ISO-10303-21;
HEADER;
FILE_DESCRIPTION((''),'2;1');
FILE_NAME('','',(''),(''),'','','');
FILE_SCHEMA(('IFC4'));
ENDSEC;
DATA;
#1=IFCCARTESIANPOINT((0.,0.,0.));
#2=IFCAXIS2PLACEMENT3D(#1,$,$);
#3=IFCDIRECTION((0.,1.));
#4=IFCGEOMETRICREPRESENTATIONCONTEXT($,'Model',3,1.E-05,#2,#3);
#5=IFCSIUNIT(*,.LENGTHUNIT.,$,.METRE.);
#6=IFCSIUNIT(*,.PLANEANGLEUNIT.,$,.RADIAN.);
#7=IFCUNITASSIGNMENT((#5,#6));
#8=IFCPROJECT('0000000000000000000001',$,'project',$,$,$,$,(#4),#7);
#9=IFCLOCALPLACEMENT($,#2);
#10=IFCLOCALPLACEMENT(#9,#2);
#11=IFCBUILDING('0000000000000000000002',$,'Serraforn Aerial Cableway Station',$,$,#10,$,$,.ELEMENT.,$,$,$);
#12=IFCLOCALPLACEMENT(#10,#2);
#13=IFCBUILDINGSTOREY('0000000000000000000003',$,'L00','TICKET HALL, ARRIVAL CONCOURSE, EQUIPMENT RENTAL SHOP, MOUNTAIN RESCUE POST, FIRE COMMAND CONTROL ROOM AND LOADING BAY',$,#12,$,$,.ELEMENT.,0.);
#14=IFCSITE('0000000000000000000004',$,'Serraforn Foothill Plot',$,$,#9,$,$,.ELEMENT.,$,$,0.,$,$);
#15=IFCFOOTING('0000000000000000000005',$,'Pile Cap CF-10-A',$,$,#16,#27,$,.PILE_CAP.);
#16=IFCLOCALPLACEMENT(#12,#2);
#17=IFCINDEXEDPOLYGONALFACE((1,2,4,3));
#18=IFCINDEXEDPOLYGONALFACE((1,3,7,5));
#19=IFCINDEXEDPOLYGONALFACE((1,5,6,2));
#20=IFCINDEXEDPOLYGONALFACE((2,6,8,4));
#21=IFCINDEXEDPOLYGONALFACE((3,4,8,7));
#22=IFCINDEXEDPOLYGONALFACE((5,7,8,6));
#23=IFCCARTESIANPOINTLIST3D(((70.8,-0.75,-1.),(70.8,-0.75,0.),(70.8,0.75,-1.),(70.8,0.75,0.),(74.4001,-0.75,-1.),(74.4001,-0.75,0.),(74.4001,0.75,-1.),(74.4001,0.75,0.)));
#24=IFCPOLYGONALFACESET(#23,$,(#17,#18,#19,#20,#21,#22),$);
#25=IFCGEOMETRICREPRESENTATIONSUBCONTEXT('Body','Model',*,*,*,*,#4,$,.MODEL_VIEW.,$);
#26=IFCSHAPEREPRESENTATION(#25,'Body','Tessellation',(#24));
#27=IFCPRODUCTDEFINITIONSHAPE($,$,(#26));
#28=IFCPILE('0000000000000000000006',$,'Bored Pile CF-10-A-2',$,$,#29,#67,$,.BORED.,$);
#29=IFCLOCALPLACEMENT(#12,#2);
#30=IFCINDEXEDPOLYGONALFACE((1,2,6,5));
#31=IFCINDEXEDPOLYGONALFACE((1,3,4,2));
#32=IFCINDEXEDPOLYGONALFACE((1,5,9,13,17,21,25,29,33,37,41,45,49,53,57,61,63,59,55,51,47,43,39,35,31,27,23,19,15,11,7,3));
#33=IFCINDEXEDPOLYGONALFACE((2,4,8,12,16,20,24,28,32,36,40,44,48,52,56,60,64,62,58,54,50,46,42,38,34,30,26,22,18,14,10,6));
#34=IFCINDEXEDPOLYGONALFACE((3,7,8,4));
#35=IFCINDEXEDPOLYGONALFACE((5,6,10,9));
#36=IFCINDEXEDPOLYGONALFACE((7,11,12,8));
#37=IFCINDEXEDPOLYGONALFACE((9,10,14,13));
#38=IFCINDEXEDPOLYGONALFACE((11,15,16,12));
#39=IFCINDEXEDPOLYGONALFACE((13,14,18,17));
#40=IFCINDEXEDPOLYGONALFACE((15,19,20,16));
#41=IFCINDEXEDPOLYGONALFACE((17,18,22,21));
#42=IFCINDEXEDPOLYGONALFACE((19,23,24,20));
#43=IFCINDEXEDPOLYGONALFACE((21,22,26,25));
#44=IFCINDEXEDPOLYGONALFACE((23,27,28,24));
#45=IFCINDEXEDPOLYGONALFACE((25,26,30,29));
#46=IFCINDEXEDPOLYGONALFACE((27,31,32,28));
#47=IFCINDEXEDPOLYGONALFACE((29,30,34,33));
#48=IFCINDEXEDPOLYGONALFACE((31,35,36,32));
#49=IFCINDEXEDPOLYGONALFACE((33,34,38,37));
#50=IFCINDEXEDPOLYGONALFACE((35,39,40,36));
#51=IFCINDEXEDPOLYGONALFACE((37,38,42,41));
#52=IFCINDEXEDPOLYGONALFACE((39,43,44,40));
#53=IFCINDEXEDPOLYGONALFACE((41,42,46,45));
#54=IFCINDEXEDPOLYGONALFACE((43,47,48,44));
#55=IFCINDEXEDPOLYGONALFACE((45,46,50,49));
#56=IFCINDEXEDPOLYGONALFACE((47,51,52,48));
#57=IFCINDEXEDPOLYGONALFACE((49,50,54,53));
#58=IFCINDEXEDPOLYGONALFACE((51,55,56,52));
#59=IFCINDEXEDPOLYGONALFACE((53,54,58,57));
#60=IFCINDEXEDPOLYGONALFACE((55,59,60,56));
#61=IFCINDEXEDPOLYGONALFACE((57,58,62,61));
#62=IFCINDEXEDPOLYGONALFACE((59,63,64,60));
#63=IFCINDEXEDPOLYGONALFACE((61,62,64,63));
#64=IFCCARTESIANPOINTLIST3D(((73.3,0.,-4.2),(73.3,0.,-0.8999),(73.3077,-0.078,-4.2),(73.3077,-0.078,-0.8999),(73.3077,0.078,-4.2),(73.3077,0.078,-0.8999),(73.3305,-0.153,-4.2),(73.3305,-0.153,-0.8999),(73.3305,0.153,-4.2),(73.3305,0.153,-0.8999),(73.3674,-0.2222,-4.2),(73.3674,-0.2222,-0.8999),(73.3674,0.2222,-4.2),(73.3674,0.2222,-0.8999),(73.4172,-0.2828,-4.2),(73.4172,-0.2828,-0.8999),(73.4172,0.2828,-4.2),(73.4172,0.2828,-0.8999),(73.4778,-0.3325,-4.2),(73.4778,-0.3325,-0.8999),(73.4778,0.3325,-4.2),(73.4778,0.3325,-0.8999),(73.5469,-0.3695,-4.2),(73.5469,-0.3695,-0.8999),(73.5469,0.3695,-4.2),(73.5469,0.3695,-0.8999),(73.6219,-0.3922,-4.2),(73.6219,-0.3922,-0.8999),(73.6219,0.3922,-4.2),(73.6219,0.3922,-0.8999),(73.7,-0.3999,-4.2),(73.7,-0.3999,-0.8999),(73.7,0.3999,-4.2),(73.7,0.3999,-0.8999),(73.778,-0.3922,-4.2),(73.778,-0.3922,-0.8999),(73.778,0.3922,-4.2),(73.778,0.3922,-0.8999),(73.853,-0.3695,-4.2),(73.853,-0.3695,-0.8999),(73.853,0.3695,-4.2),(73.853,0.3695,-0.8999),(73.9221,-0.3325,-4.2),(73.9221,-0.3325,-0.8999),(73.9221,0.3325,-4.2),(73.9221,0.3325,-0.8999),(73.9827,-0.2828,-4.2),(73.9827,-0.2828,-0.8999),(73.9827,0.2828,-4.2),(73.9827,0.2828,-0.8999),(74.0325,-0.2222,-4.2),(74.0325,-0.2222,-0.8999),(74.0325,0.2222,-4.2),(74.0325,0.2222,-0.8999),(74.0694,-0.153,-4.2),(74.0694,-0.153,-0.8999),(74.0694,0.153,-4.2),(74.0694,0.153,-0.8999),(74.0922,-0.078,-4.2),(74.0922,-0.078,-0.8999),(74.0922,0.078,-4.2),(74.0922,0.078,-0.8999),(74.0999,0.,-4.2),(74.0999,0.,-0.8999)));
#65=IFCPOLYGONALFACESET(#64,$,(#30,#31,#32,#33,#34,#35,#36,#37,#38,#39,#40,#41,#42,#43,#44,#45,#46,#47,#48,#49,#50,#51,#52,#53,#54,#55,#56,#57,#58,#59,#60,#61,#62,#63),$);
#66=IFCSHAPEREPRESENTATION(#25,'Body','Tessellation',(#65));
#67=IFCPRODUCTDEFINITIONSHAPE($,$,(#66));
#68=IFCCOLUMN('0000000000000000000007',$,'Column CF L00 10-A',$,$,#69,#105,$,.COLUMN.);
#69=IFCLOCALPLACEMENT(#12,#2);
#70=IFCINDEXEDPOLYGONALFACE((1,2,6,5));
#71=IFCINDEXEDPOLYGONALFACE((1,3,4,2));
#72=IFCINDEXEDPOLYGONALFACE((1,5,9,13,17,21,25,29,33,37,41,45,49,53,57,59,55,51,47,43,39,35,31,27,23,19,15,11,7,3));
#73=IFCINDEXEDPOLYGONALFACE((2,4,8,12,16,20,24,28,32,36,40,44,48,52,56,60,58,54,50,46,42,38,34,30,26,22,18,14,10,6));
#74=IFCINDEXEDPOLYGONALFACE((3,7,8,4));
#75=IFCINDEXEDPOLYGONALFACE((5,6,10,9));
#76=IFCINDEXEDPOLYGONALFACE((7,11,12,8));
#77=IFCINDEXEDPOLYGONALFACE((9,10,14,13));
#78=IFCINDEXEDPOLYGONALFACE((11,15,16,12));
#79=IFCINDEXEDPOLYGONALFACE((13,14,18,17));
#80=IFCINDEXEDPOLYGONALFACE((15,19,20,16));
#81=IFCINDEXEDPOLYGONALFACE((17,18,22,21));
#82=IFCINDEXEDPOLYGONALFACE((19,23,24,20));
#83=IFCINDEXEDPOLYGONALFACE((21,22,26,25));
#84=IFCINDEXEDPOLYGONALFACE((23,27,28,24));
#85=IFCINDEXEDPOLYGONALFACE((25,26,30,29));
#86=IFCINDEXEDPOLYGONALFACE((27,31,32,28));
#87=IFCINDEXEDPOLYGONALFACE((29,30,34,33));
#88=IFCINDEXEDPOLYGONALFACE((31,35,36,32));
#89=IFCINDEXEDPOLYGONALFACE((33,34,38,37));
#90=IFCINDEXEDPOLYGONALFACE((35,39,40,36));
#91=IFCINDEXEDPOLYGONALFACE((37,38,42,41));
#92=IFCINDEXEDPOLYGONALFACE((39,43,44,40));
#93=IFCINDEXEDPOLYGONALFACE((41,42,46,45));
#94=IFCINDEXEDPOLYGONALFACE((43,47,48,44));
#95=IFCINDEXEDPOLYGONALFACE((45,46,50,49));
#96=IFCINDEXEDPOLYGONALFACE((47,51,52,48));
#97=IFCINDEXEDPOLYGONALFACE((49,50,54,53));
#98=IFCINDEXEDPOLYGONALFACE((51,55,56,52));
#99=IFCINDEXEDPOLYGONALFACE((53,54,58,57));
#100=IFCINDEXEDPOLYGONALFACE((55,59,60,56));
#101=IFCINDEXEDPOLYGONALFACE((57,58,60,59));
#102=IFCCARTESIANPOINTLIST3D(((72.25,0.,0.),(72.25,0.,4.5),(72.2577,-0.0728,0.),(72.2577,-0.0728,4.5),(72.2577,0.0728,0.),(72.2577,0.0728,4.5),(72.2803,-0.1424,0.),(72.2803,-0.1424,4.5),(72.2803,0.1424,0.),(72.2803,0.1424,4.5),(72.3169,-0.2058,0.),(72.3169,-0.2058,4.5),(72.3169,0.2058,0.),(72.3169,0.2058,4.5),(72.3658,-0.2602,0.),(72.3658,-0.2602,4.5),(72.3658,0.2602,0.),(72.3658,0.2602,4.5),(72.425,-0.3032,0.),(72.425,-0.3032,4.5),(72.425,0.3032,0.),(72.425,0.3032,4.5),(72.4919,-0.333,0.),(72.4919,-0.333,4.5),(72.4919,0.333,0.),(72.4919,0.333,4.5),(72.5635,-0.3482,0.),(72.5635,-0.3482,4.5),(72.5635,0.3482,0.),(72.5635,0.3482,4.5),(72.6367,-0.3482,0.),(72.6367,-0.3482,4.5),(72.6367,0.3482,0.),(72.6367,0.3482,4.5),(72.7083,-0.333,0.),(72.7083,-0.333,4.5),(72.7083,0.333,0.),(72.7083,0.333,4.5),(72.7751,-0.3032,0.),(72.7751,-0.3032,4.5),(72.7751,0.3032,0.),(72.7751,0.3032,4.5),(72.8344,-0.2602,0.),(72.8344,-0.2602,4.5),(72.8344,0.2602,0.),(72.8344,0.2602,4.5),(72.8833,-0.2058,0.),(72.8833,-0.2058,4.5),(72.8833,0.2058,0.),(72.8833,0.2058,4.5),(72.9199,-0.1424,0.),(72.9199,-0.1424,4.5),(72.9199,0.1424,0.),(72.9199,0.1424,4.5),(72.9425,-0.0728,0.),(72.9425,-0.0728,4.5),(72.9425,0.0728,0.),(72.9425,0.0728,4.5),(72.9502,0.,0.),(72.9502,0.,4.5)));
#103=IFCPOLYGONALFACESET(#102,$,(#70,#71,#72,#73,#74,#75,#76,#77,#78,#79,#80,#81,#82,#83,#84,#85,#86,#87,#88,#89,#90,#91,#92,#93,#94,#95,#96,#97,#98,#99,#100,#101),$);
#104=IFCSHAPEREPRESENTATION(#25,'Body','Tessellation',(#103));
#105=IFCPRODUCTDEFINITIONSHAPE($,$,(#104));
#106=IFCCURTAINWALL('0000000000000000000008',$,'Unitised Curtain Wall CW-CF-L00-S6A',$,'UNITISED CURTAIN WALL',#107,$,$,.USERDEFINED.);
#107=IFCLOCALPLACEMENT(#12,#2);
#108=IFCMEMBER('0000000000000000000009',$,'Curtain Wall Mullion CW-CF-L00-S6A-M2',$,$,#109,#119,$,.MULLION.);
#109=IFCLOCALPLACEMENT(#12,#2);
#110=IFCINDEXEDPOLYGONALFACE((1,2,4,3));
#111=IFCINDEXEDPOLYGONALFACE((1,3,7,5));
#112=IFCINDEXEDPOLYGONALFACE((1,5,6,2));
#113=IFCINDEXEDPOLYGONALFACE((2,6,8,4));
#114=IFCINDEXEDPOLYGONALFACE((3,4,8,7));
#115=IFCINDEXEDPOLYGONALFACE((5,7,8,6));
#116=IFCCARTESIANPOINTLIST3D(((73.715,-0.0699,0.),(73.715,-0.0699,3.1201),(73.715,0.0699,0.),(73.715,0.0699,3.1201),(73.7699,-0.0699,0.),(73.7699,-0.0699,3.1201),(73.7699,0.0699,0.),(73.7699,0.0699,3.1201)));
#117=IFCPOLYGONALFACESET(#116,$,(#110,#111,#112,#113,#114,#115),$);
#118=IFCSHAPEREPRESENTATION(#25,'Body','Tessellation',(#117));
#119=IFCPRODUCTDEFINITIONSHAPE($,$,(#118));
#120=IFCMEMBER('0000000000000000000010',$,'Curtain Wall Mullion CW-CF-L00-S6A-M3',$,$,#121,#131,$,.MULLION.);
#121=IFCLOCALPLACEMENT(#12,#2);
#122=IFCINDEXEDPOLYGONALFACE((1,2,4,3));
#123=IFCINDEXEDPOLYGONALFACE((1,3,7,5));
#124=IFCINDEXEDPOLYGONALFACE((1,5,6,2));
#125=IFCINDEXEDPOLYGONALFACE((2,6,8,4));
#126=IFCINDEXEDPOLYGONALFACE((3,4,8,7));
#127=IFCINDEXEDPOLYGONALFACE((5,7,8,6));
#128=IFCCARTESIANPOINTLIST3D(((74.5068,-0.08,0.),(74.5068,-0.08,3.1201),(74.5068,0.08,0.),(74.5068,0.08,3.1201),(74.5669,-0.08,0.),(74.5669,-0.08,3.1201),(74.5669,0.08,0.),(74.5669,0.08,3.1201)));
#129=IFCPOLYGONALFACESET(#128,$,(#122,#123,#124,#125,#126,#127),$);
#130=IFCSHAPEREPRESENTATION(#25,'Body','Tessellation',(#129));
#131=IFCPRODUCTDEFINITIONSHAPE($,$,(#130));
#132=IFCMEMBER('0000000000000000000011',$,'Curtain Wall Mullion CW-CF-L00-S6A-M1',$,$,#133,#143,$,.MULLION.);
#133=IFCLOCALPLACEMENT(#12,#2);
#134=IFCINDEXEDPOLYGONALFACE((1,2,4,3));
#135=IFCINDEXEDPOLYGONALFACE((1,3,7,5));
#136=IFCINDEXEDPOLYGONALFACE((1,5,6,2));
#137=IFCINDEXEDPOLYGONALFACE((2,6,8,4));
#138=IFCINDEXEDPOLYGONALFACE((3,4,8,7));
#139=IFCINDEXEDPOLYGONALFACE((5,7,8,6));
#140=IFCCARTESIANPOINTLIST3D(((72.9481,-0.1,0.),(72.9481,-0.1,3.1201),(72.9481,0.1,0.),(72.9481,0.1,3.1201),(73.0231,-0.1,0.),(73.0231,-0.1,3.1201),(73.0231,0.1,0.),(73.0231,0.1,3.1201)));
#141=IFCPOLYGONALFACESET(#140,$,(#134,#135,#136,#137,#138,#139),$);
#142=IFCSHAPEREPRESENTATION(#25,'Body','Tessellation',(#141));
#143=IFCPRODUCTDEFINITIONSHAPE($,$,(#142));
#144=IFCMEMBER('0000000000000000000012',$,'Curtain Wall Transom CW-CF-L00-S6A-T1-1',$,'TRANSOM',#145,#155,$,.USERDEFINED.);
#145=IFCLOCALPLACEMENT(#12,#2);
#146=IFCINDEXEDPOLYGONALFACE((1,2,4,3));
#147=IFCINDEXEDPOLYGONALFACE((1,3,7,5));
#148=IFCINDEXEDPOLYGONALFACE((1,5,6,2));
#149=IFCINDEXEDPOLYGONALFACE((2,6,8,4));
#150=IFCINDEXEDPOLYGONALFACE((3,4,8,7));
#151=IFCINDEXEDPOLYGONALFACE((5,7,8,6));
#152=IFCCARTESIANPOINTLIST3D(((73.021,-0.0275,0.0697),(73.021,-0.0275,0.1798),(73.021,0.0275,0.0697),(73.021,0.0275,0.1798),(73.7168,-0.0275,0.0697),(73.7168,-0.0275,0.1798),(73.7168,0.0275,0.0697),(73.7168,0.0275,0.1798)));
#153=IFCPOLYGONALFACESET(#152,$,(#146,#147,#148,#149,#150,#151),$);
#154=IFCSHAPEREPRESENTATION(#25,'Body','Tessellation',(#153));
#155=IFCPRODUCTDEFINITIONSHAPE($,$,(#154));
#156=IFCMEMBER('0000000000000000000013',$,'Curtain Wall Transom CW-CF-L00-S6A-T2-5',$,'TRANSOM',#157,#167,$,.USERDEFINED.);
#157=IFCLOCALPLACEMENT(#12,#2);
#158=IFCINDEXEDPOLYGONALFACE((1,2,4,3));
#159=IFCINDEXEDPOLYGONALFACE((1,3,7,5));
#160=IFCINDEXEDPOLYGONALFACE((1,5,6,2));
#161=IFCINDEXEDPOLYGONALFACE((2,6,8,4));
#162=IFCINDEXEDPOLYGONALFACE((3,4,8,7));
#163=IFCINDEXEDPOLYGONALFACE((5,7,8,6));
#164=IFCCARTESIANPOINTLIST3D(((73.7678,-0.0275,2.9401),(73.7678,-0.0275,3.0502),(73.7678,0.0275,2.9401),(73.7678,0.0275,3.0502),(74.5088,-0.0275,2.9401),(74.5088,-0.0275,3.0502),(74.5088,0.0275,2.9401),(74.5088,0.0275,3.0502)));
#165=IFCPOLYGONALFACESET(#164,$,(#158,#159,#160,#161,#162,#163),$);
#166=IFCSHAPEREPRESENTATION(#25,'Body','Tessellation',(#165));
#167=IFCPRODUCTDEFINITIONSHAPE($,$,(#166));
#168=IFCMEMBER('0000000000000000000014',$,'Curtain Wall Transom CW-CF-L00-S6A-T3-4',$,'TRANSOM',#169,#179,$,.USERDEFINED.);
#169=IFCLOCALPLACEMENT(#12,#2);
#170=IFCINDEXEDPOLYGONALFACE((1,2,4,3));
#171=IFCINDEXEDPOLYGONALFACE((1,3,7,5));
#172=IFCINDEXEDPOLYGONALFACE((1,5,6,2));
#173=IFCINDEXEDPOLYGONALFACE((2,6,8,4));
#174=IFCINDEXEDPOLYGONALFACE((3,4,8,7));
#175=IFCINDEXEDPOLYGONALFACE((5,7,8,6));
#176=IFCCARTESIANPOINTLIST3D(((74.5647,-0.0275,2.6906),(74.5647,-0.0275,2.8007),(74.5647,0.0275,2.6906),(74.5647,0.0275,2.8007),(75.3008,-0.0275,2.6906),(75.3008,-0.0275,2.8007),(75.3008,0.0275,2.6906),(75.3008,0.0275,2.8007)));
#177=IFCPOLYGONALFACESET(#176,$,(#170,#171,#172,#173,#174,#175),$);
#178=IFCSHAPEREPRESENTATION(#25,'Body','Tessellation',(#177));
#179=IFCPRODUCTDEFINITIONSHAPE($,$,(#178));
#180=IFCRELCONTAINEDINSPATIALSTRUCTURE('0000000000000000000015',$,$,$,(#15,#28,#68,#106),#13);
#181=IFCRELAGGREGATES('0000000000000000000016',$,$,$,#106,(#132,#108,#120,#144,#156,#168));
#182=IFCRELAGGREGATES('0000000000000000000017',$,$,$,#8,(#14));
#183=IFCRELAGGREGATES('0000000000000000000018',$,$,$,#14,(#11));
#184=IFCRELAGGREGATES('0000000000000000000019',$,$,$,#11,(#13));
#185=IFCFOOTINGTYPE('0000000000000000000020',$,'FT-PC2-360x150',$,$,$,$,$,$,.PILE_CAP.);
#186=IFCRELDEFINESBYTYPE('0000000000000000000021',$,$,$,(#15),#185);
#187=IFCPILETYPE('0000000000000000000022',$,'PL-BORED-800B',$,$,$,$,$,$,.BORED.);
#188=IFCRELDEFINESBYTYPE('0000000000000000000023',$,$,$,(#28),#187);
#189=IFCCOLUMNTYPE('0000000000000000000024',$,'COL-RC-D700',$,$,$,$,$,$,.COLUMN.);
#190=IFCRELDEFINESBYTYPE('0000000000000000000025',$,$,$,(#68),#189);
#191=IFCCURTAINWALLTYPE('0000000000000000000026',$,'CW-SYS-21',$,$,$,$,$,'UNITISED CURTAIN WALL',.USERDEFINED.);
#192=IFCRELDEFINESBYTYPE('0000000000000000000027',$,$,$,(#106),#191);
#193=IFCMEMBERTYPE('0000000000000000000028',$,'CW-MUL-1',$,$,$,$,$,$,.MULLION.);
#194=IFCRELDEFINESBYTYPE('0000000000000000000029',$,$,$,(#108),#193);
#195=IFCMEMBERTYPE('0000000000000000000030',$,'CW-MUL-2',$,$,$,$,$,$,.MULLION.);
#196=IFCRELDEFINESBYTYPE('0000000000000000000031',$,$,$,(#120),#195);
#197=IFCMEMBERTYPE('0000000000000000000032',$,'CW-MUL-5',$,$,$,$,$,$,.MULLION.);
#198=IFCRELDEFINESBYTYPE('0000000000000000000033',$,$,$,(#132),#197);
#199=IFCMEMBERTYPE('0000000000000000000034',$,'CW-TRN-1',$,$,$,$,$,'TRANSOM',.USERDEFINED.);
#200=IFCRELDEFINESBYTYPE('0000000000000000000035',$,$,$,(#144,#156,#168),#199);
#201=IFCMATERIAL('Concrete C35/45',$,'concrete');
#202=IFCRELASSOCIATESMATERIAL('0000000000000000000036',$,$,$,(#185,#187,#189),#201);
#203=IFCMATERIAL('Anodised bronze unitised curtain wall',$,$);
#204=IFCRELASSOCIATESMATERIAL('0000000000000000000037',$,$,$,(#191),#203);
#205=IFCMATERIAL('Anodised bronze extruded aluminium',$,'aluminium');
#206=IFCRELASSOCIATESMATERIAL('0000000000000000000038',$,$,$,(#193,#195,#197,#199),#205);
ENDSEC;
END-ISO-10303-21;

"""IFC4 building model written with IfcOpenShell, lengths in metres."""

from ifc_helpers import new_model, si_unit, direction, frame, origin, origin_2d, place, context, subcontext, project, spatial, rectangle, circle, extrude, material, material_profile, profile_set, type_object, element, aggregate, save


model = new_model("IFC4")

# Units and contexts
model_context = context("Model", 3, precision=1e-05, world=origin(), true_north=direction((0.0, 1.0)))
body_context = subcontext(model_context, "Body", "Model", "MODEL_VIEW")
ifc_project = project(units=[si_unit("LENGTHUNIT", "METRE"), si_unit("PLANEANGLEUNIT", "RADIAN")], contexts=[model_context])

# Site, building, storey
site_placement = place(None, origin())
site = spatial("IfcSite", under=ifc_project, at=site_placement, Name="Serraforn Foothill Plot", CompositionType="ELEMENT", RefElevation=0.0)
building_placement = place(site_placement, origin())
building = spatial("IfcBuilding", under=site, at=building_placement, Name="Serraforn Aerial Cableway Station", CompositionType="ELEMENT")
storey_placement = place(building_placement, origin())
storey = spatial("IfcBuildingStorey", under=building, at=storey_placement, Name="L00", Description="TICKET HALL, ARRIVAL CONCOURSE, EQUIPMENT RENTAL SHOP, MOUNTAIN RESCUE POST, FIRE COMMAND CONTROL ROOM AND LOADING BAY", CompositionType="ELEMENT", Elevation=0.0)

# Footing
ifc_material_1 = material(Name="Concrete C35/45", Category="concrete")
footing_type = type_object("IfcFootingType", Name="FT-PC2-360x150", PredefinedType="PILE_CAP", material=ifc_material_1)
footing_placement = place(storey_placement, frame((72.6001, 0.0, -1.0), z_axis=(0.0, 0.0, 1.0), x_axis=(1.0, 0.0, 0.0)))
element("IfcFooting", 1, at=footing_placement, inside=storey, type_object=footing_type, Name="Pile Cap CF-10-A", PredefinedType="PILE_CAP", context=body_context, shape_type="SweptSolid", body=[
    extrude(rectangle(XDim=3.6001, YDim=1.5, at=origin_2d()), origin(), (0.0, 0.0, 1.0), 1.0),
])

# Pile
ifc_material_profile_1 = material_profile(ifc_material_1, circle(Radius=0.3999, at=origin_2d()), Name="BORED PILE D800")
ifc_profile_set_1 = profile_set([ifc_material_profile_1], Name="Concrete C35/45")
pile_type = type_object("IfcPileType", Name="PL-BORED-800B", PredefinedType="BORED", material=ifc_profile_set_1)
pile_placement = place(storey_placement, frame((73.7, 0.0, -0.8999), z_axis=(0.0, 0.0, -1.0), x_axis=(1.0, 0.0, 0.0)))
element("IfcPile", 2, at=pile_placement, inside=storey, type_object=pile_type, Name="Bored Pile CF-10-A-2", PredefinedType="BORED", context=body_context, shape_type="SweptSolid", body=[
    extrude(circle(Radius=0.3999, at=origin_2d()), origin(), (0.0, 0.0, 1.0), 3.3),
])

# Column
ifc_material_profile_2 = material_profile(ifc_material_1, circle(Radius=0.3501, at=origin_2d()), Name="RC D700")
ifc_profile_set_2 = profile_set([ifc_material_profile_2], Name="Concrete C35/45")
column_type = type_object("IfcColumnType", Name="COL-RC-D700", PredefinedType="COLUMN", material=ifc_profile_set_2)
column_placement = place(storey_placement, frame((72.6001, 0.0, 0.0), z_axis=(0.0, 0.0, 1.0), x_axis=(1.0, 0.0, 0.0)))
element("IfcColumn", 3, at=column_placement, inside=storey, type_object=column_type, Name="Column CF L00 10-A", PredefinedType="COLUMN", context=body_context, shape_type="SweptSolid", body=[
    extrude(circle(Radius=0.3501, at=origin_2d()), origin(), (0.0, 0.0, 1.0), 4.5),
])

# Curtain wall, members
ifc_material_2 = material(Name="Anodised bronze unitised curtain wall")
curtain_wall_type = type_object("IfcCurtainWallType", Name="CW-SYS-21", ElementType="UNITISED CURTAIN WALL", PredefinedType="USERDEFINED", material=ifc_material_2)
curtain_wall_placement = place(storey_placement, origin())
curtain_wall = element("IfcCurtainWall", 4, at=curtain_wall_placement, inside=storey, type_object=curtain_wall_type, Name="Unitised Curtain Wall CW-CF-L00-S6A", ObjectType="UNITISED CURTAIN WALL", PredefinedType="USERDEFINED")
ifc_material_3 = material(Name="Anodised bronze extruded aluminium", Category="aluminium")
ifc_material_profile_3 = material_profile(ifc_material_3, rectangle(XDim=0.0549, YDim=0.1399, at=origin_2d()), Name="CW MULLION 55x140")
ifc_profile_set_3 = profile_set([ifc_material_profile_3], Name="Anodised bronze extruded aluminium")
member_type_1 = type_object("IfcMemberType", Name="CW-MUL-1", PredefinedType="MULLION", material=ifc_profile_set_3)
member_1_placement = place(storey_placement, frame((73.7424, 0.0, 0.0), z_axis=(0.0, 0.0, 1.0), x_axis=(1.0, 0.0, 0.0)))
member_1 = element("IfcMember", 5, at=member_1_placement, type_object=member_type_1, Name="Curtain Wall Mullion CW-CF-L00-S6A-M2", PredefinedType="MULLION", context=body_context, shape_type="SweptSolid", body=[
    extrude(rectangle(XDim=0.0549, YDim=0.1399, at=origin_2d()), origin(), (0.0, 0.0, 1.0), 3.1201),
])
ifc_material_profile_4 = material_profile(ifc_material_3, rectangle(XDim=0.0601, YDim=0.1599, at=origin_2d()), Name="CW MULLION 60x160")
ifc_profile_set_4 = profile_set([ifc_material_profile_4], Name="Anodised bronze extruded aluminium")
member_type_2 = type_object("IfcMemberType", Name="CW-MUL-2", PredefinedType="MULLION", material=ifc_profile_set_4)
member_2_placement = place(storey_placement, frame((74.5369, 0.0, 0.0), z_axis=(0.0, 0.0, 1.0), x_axis=(1.0, 0.0, 0.0)))
member_2 = element("IfcMember", 6, at=member_2_placement, type_object=member_type_2, Name="Curtain Wall Mullion CW-CF-L00-S6A-M3", PredefinedType="MULLION", context=body_context, shape_type="SweptSolid", body=[
    extrude(rectangle(XDim=0.0601, YDim=0.1599, at=origin_2d()), origin(), (0.0, 0.0, 1.0), 3.1201),
])
ifc_material_profile_5 = material_profile(ifc_material_3, rectangle(XDim=0.075, YDim=0.2, at=origin_2d()), Name="CW MULLION 75x200")
ifc_profile_set_5 = profile_set([ifc_material_profile_5], Name="Anodised bronze extruded aluminium")
member_type_3 = type_object("IfcMemberType", Name="CW-MUL-5", PredefinedType="MULLION", material=ifc_profile_set_5)
member_3_placement = place(storey_placement, frame((72.9856, 0.0, 0.0), z_axis=(0.0, 0.0, 1.0), x_axis=(1.0, 0.0, 0.0)))
member_3 = element("IfcMember", 7, at=member_3_placement, type_object=member_type_3, Name="Curtain Wall Mullion CW-CF-L00-S6A-M1", PredefinedType="MULLION", context=body_context, shape_type="SweptSolid", body=[
    extrude(rectangle(XDim=0.075, YDim=0.2, at=origin_2d()), origin(), (0.0, 0.0, 1.0), 3.1201),
])
ifc_material_profile_6 = material_profile(ifc_material_3, rectangle(XDim=0.0549, YDim=0.1101, at=origin_2d()), Name="CW TRANSOM 55x110")
ifc_profile_set_6 = profile_set([ifc_material_profile_6], Name="Anodised bronze extruded aluminium")
member_type_4 = type_object("IfcMemberType", Name="CW-TRN-1", ElementType="TRANSOM", PredefinedType="USERDEFINED", material=ifc_profile_set_6)
member_4_placement = place(storey_placement, frame((73.021, 0.0, 0.1248), z_axis=(1.0, 0.0, 0.0), x_axis=(0.0, 1.0, 0.0)))
member_4 = element("IfcMember", 8, at=member_4_placement, type_object=member_type_4, Name="Curtain Wall Transom CW-CF-L00-S6A-T1-1", ObjectType="TRANSOM", PredefinedType="USERDEFINED", context=body_context, shape_type="SweptSolid", body=[
    extrude(rectangle(XDim=0.0549, YDim=0.1101, at=origin_2d()), origin(), (0.0, 0.0, 1.0), 0.6958),
])
member_5_placement = place(storey_placement, frame((73.7678, 0.0, 2.9951), z_axis=(1.0, 0.0, 0.0), x_axis=(0.0, 1.0, 0.0)))
member_5 = element("IfcMember", 9, at=member_5_placement, type_object=member_type_4, Name="Curtain Wall Transom CW-CF-L00-S6A-T2-5", ObjectType="TRANSOM", PredefinedType="USERDEFINED", context=body_context, shape_type="SweptSolid", body=[
    extrude(rectangle(XDim=0.0549, YDim=0.1101, at=origin_2d()), origin(), (0.0, 0.0, 1.0), 0.741),
])
member_6_placement = place(storey_placement, frame((74.5647, 0.0, 2.7456), z_axis=(1.0, 0.0, 0.0), x_axis=(0.0, 1.0, 0.0)))
member_6 = element("IfcMember", 10, at=member_6_placement, type_object=member_type_4, Name="Curtain Wall Transom CW-CF-L00-S6A-T3-4", ObjectType="TRANSOM", PredefinedType="USERDEFINED", context=body_context, shape_type="SweptSolid", body=[
    extrude(rectangle(XDim=0.0549, YDim=0.1101, at=origin_2d()), origin(), (0.0, 0.0, 1.0), 0.7361),
])
aggregate(curtain_wall, [member_3, member_1, member_2, member_4, member_5, member_6])

save(model, "model.ifc")
